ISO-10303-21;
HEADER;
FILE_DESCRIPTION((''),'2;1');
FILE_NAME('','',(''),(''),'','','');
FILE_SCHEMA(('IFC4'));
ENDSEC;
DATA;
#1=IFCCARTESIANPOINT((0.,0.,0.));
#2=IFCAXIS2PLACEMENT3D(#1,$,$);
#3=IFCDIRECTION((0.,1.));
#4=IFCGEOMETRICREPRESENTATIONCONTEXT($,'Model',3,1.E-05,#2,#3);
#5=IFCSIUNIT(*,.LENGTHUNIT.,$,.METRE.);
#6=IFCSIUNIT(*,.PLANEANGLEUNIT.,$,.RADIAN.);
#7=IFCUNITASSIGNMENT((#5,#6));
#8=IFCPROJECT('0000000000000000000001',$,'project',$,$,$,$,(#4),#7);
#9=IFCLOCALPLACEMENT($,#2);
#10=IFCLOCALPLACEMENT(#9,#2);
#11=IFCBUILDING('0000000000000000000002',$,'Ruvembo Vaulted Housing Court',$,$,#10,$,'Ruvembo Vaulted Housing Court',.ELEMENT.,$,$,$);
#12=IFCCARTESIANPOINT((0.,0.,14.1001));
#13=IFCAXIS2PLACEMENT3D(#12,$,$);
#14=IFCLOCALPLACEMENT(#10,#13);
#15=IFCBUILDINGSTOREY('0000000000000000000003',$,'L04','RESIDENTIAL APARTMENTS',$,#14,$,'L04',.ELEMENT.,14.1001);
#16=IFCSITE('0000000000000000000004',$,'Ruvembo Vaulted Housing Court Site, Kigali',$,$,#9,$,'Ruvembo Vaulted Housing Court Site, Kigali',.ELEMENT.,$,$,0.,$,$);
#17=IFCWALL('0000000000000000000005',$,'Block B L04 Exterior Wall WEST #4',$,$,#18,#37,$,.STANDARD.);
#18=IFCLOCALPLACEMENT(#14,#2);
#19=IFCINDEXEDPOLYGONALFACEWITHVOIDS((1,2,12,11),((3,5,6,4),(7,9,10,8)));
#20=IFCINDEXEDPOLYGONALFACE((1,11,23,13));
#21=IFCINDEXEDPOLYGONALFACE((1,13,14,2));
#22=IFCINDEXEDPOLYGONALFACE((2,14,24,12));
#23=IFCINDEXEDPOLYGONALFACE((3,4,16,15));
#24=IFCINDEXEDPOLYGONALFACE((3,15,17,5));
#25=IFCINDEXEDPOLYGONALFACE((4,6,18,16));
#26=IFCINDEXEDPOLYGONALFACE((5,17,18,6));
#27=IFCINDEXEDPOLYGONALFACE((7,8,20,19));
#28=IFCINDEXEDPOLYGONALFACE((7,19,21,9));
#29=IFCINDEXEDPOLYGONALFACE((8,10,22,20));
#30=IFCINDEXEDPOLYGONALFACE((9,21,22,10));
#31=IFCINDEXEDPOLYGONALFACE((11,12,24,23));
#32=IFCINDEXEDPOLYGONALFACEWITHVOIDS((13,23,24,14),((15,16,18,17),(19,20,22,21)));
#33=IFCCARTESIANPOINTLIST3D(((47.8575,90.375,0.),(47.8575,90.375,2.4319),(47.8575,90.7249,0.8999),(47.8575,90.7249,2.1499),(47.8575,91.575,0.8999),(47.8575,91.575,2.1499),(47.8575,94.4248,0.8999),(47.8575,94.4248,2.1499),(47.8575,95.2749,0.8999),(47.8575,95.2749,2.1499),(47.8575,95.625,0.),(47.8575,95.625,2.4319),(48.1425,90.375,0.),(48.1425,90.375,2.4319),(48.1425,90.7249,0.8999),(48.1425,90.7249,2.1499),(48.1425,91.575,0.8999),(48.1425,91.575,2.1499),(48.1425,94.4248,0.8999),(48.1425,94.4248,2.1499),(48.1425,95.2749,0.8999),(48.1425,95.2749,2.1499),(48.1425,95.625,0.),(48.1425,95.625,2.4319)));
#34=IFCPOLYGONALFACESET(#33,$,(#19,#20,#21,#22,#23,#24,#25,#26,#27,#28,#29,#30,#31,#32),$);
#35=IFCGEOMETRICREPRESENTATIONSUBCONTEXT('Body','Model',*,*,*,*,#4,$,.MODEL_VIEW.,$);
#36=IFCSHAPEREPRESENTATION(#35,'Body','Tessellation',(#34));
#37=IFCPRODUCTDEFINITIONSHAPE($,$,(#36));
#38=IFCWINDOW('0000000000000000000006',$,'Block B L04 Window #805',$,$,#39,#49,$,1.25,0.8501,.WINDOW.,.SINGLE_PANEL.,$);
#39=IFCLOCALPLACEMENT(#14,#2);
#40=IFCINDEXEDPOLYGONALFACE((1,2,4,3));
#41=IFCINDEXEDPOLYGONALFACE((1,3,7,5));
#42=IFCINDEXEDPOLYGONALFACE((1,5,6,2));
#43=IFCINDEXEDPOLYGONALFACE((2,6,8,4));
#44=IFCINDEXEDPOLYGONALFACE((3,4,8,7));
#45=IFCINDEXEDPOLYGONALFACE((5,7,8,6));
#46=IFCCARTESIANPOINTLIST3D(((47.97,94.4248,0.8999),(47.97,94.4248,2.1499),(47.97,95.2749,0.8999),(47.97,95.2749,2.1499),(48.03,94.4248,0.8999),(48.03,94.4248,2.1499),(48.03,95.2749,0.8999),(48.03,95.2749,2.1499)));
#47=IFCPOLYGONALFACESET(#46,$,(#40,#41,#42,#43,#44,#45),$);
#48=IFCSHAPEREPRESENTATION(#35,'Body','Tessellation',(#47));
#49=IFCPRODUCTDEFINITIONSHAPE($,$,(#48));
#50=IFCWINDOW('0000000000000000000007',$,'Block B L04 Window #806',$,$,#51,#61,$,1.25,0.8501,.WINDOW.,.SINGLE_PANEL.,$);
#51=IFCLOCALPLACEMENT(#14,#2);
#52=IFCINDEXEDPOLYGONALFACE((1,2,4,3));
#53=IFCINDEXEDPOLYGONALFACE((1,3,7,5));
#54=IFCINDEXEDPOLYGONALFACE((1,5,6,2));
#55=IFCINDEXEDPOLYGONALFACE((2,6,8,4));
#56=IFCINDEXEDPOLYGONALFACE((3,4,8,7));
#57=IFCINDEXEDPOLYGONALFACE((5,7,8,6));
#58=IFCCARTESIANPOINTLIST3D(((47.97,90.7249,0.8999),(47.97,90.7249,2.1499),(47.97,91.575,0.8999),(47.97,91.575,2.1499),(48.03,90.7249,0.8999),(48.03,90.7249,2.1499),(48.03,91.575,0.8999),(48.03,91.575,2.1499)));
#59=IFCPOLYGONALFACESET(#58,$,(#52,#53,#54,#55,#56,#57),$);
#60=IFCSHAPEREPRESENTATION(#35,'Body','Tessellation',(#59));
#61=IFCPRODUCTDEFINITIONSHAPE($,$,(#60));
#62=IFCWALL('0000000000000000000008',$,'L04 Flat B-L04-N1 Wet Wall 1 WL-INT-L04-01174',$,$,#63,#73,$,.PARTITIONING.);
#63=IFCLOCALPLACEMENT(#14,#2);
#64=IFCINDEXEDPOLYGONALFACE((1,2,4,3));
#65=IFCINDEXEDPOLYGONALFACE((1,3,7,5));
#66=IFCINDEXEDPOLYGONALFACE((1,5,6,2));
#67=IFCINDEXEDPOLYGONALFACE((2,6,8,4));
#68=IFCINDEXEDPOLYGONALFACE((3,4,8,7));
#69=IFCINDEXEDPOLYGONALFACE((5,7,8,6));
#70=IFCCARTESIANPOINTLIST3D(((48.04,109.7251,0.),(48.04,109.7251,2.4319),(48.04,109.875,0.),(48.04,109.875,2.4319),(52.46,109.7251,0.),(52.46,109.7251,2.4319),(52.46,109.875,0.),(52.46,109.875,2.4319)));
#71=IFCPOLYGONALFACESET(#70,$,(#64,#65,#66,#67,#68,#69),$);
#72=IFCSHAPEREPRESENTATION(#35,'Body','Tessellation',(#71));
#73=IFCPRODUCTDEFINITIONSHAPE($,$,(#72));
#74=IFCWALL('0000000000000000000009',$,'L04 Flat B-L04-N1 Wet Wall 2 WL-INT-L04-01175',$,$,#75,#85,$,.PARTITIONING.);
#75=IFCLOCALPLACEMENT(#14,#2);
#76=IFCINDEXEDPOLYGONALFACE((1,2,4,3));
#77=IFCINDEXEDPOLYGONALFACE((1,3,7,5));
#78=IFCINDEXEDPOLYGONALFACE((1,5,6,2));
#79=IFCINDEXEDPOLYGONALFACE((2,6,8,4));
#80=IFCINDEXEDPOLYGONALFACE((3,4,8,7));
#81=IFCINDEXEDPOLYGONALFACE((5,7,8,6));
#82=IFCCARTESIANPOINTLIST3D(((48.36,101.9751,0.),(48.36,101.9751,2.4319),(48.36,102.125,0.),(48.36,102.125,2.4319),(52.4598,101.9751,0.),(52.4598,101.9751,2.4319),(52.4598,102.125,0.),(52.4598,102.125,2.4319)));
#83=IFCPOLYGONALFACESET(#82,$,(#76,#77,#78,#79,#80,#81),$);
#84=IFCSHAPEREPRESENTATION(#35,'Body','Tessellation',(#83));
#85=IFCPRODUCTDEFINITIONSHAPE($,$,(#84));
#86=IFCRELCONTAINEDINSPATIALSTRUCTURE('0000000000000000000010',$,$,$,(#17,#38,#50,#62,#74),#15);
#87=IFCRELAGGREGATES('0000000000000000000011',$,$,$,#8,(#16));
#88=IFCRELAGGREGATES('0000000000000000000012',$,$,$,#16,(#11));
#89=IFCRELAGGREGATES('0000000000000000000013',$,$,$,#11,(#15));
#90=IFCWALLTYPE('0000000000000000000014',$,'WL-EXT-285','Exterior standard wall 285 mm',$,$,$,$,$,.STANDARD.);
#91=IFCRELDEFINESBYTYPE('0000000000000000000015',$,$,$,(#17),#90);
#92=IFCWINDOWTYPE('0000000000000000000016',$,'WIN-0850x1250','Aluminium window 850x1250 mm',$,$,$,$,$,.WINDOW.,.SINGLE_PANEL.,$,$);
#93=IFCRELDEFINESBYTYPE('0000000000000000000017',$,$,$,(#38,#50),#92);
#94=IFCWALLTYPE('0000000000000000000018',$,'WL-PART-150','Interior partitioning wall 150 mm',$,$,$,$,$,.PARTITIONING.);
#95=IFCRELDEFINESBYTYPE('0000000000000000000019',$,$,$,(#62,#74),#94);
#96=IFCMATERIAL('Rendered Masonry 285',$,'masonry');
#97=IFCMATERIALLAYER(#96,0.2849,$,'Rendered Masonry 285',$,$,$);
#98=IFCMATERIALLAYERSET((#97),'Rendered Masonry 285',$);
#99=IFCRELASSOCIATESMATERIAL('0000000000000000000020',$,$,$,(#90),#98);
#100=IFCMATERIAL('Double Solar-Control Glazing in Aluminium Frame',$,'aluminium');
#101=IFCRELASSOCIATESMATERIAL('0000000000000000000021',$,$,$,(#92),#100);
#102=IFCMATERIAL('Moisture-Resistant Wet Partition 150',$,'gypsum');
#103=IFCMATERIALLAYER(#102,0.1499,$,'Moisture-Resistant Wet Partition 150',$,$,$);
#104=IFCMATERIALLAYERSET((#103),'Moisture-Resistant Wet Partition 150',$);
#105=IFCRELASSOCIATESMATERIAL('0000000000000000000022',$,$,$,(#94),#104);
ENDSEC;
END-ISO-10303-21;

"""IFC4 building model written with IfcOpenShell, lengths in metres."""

from ifc_helpers import new_model, si_unit, direction, frame, frame_2d, origin, place, context, subcontext, project, spatial, rectangle, extrude, material, layer, layer_set, type_object, element, fill, save


model = new_model("IFC4")

# Units and contexts
model_context = context("Model", 3, precision=1e-05, world=origin(), true_north=direction((0.0, 1.0)))
body_context = subcontext(model_context, "Body", "Model", "MODEL_VIEW")
ifc_project = project(units=[si_unit("LENGTHUNIT", "METRE"), si_unit("PLANEANGLEUNIT", "RADIAN")], contexts=[model_context])

# Site, building, storey
site_placement = place(None, origin())
site = spatial("IfcSite", under=ifc_project, at=site_placement, Name="Ruvembo Vaulted Housing Court Site, Kigali", LongName="Ruvembo Vaulted Housing Court Site, Kigali", CompositionType="ELEMENT", RefElevation=0.0)
building_placement = place(site_placement, origin())
building = spatial("IfcBuilding", under=site, at=building_placement, Name="Ruvembo Vaulted Housing Court", LongName="Ruvembo Vaulted Housing Court", CompositionType="ELEMENT")
storey_placement = place(building_placement, frame((0.0, 0.0, 14.1001)))
storey = spatial("IfcBuildingStorey", under=building, at=storey_placement, Name="L04", Description="RESIDENTIAL APARTMENTS", LongName="L04", CompositionType="ELEMENT", Elevation=14.1001)

# Wall, openings, windows
ifc_material_1 = material(Name="Rendered Masonry 285", Category="masonry")
ifc_layer_1 = layer(ifc_material_1, 0.2849, Name="Rendered Masonry 285")
ifc_layer_set_1 = layer_set([ifc_layer_1], Name="Rendered Masonry 285")
wall_type_1 = type_object("IfcWallType", Name="WL-EXT-285", Description="Exterior standard wall 285 mm", PredefinedType="STANDARD", material=ifc_layer_set_1)
ifc_material_2 = material(Name="Double Solar-Control Glazing in Aluminium Frame", Category="aluminium")
window_type_1 = type_object("IfcWindowType", Name="WIN-0850x1250", Description="Aluminium window 850x1250 mm", PartitioningType="SINGLE_PANEL", PredefinedType="WINDOW", material=ifc_material_2)
wall_1_placement = place(storey_placement, frame((48.0, 95.625, 0.0), z_axis=(0.0, 0.0, 1.0), x_axis=(0.0, -1.0, 0.0)))
wall_1 = element("IfcWall", 1, at=wall_1_placement, inside=storey, type_object=wall_type_1, Name="Block B L04 Exterior Wall WEST #4", PredefinedType="STANDARD", context=body_context, shape_type="SweptSolid", body=[
    extrude(rectangle(XDim=5.25, YDim=0.2849, at=frame_2d((2.625, 0.0))), origin(), (0.0, 0.0, 1.0), 2.4319),
])
opening_1_placement = place(wall_1_placement, frame((0.3501, 0.0, 0.8999)))
opening_1 = element("IfcOpeningElement", 2, at=opening_1_placement, cuts=wall_1, PredefinedType="OPENING", context=body_context, shape_type="SweptSolid", body=[
    extrude(rectangle(XDim=0.8501, YDim=1.25, at=frame_2d((0.425, 0.625))), frame((0.0, 0.1523, 0.0), z_axis=(0.0, -1.0, 0.0), x_axis=(1.0, 0.0, 0.0)), (0.0, 0.0, 1.0), 0.3049),
])
opening_2_placement = place(wall_1_placement, frame((4.05, 0.0, 0.8999)))
opening_2 = element("IfcOpeningElement", 3, at=opening_2_placement, cuts=wall_1, PredefinedType="OPENING", context=body_context, shape_type="SweptSolid", body=[
    extrude(rectangle(XDim=0.8501, YDim=1.25, at=frame_2d((0.425, 0.625))), frame((0.0, 0.1523, 0.0), z_axis=(0.0, -1.0, 0.0), x_axis=(1.0, 0.0, 0.0)), (0.0, 0.0, 1.0), 0.3049),
])
window_1_placement = place(opening_1_placement, origin())
window_1 = element("IfcWindow", 4, at=window_1_placement, inside=storey, type_object=window_type_1, Name="Block B L04 Window #805", OverallHeight=1.25, OverallWidth=0.8501, PartitioningType="SINGLE_PANEL", PredefinedType="WINDOW", context=body_context, shape_type="SweptSolid", body=[
    extrude(rectangle(XDim=0.8501, YDim=1.25, at=frame_2d((0.425, 0.625))), frame((0.0, 0.03, 0.0), z_axis=(0.0, -1.0, 0.0), x_axis=(1.0, 0.0, 0.0)), (0.0, 0.0, 1.0), 0.0601),
])
fill(opening_1, window_1)
window_2_placement = place(opening_2_placement, origin())
window_2 = element("IfcWindow", 5, at=window_2_placement, inside=storey, type_object=window_type_1, Name="Block B L04 Window #806", OverallHeight=1.25, OverallWidth=0.8501, PartitioningType="SINGLE_PANEL", PredefinedType="WINDOW", context=body_context, shape_type="SweptSolid", body=[
    extrude(rectangle(XDim=0.8501, YDim=1.25, at=frame_2d((0.425, 0.625))), frame((0.0, 0.03, 0.0), z_axis=(0.0, -1.0, 0.0), x_axis=(1.0, 0.0, 0.0)), (0.0, 0.0, 1.0), 0.0601),
])
fill(opening_2, window_2)

# Walls
ifc_material_3 = material(Name="Moisture-Resistant Wet Partition 150", Category="gypsum")
ifc_layer_2 = layer(ifc_material_3, 0.1499, Name="Moisture-Resistant Wet Partition 150")
ifc_layer_set_2 = layer_set([ifc_layer_2], Name="Moisture-Resistant Wet Partition 150")
wall_type_2 = type_object("IfcWallType", Name="WL-PART-150", Description="Interior partitioning wall 150 mm", PredefinedType="PARTITIONING", material=ifc_layer_set_2)
wall_2_placement = place(storey_placement, frame((48.04, 109.8, 0.0), z_axis=(0.0, 0.0, 1.0), x_axis=(1.0, 0.0, 0.0)))
element("IfcWall", 6, at=wall_2_placement, inside=storey, type_object=wall_type_2, Name="L04 Flat B-L04-N1 Wet Wall 1 WL-INT-L04-01174", PredefinedType="PARTITIONING", context=body_context, shape_type="SweptSolid", body=[
    extrude(rectangle(XDim=4.4199, YDim=0.1499, at=frame_2d((2.21, 0.0))), origin(), (0.0, 0.0, 1.0), 2.4319),
])
wall_3_placement = place(storey_placement, frame((48.3601, 102.05, 0.0), z_axis=(0.0, 0.0, 1.0), x_axis=(1.0, 0.0, 0.0)))
element("IfcWall", 7, at=wall_3_placement, inside=storey, type_object=wall_type_2, Name="L04 Flat B-L04-N1 Wet Wall 2 WL-INT-L04-01175", PredefinedType="PARTITIONING", context=body_context, shape_type="SweptSolid", body=[
    extrude(rectangle(XDim=4.0999, YDim=0.1499, at=frame_2d((2.0498, 0.0))), origin(), (0.0, 0.0, 1.0), 2.4319),
])

save(model, "model.ifc")
